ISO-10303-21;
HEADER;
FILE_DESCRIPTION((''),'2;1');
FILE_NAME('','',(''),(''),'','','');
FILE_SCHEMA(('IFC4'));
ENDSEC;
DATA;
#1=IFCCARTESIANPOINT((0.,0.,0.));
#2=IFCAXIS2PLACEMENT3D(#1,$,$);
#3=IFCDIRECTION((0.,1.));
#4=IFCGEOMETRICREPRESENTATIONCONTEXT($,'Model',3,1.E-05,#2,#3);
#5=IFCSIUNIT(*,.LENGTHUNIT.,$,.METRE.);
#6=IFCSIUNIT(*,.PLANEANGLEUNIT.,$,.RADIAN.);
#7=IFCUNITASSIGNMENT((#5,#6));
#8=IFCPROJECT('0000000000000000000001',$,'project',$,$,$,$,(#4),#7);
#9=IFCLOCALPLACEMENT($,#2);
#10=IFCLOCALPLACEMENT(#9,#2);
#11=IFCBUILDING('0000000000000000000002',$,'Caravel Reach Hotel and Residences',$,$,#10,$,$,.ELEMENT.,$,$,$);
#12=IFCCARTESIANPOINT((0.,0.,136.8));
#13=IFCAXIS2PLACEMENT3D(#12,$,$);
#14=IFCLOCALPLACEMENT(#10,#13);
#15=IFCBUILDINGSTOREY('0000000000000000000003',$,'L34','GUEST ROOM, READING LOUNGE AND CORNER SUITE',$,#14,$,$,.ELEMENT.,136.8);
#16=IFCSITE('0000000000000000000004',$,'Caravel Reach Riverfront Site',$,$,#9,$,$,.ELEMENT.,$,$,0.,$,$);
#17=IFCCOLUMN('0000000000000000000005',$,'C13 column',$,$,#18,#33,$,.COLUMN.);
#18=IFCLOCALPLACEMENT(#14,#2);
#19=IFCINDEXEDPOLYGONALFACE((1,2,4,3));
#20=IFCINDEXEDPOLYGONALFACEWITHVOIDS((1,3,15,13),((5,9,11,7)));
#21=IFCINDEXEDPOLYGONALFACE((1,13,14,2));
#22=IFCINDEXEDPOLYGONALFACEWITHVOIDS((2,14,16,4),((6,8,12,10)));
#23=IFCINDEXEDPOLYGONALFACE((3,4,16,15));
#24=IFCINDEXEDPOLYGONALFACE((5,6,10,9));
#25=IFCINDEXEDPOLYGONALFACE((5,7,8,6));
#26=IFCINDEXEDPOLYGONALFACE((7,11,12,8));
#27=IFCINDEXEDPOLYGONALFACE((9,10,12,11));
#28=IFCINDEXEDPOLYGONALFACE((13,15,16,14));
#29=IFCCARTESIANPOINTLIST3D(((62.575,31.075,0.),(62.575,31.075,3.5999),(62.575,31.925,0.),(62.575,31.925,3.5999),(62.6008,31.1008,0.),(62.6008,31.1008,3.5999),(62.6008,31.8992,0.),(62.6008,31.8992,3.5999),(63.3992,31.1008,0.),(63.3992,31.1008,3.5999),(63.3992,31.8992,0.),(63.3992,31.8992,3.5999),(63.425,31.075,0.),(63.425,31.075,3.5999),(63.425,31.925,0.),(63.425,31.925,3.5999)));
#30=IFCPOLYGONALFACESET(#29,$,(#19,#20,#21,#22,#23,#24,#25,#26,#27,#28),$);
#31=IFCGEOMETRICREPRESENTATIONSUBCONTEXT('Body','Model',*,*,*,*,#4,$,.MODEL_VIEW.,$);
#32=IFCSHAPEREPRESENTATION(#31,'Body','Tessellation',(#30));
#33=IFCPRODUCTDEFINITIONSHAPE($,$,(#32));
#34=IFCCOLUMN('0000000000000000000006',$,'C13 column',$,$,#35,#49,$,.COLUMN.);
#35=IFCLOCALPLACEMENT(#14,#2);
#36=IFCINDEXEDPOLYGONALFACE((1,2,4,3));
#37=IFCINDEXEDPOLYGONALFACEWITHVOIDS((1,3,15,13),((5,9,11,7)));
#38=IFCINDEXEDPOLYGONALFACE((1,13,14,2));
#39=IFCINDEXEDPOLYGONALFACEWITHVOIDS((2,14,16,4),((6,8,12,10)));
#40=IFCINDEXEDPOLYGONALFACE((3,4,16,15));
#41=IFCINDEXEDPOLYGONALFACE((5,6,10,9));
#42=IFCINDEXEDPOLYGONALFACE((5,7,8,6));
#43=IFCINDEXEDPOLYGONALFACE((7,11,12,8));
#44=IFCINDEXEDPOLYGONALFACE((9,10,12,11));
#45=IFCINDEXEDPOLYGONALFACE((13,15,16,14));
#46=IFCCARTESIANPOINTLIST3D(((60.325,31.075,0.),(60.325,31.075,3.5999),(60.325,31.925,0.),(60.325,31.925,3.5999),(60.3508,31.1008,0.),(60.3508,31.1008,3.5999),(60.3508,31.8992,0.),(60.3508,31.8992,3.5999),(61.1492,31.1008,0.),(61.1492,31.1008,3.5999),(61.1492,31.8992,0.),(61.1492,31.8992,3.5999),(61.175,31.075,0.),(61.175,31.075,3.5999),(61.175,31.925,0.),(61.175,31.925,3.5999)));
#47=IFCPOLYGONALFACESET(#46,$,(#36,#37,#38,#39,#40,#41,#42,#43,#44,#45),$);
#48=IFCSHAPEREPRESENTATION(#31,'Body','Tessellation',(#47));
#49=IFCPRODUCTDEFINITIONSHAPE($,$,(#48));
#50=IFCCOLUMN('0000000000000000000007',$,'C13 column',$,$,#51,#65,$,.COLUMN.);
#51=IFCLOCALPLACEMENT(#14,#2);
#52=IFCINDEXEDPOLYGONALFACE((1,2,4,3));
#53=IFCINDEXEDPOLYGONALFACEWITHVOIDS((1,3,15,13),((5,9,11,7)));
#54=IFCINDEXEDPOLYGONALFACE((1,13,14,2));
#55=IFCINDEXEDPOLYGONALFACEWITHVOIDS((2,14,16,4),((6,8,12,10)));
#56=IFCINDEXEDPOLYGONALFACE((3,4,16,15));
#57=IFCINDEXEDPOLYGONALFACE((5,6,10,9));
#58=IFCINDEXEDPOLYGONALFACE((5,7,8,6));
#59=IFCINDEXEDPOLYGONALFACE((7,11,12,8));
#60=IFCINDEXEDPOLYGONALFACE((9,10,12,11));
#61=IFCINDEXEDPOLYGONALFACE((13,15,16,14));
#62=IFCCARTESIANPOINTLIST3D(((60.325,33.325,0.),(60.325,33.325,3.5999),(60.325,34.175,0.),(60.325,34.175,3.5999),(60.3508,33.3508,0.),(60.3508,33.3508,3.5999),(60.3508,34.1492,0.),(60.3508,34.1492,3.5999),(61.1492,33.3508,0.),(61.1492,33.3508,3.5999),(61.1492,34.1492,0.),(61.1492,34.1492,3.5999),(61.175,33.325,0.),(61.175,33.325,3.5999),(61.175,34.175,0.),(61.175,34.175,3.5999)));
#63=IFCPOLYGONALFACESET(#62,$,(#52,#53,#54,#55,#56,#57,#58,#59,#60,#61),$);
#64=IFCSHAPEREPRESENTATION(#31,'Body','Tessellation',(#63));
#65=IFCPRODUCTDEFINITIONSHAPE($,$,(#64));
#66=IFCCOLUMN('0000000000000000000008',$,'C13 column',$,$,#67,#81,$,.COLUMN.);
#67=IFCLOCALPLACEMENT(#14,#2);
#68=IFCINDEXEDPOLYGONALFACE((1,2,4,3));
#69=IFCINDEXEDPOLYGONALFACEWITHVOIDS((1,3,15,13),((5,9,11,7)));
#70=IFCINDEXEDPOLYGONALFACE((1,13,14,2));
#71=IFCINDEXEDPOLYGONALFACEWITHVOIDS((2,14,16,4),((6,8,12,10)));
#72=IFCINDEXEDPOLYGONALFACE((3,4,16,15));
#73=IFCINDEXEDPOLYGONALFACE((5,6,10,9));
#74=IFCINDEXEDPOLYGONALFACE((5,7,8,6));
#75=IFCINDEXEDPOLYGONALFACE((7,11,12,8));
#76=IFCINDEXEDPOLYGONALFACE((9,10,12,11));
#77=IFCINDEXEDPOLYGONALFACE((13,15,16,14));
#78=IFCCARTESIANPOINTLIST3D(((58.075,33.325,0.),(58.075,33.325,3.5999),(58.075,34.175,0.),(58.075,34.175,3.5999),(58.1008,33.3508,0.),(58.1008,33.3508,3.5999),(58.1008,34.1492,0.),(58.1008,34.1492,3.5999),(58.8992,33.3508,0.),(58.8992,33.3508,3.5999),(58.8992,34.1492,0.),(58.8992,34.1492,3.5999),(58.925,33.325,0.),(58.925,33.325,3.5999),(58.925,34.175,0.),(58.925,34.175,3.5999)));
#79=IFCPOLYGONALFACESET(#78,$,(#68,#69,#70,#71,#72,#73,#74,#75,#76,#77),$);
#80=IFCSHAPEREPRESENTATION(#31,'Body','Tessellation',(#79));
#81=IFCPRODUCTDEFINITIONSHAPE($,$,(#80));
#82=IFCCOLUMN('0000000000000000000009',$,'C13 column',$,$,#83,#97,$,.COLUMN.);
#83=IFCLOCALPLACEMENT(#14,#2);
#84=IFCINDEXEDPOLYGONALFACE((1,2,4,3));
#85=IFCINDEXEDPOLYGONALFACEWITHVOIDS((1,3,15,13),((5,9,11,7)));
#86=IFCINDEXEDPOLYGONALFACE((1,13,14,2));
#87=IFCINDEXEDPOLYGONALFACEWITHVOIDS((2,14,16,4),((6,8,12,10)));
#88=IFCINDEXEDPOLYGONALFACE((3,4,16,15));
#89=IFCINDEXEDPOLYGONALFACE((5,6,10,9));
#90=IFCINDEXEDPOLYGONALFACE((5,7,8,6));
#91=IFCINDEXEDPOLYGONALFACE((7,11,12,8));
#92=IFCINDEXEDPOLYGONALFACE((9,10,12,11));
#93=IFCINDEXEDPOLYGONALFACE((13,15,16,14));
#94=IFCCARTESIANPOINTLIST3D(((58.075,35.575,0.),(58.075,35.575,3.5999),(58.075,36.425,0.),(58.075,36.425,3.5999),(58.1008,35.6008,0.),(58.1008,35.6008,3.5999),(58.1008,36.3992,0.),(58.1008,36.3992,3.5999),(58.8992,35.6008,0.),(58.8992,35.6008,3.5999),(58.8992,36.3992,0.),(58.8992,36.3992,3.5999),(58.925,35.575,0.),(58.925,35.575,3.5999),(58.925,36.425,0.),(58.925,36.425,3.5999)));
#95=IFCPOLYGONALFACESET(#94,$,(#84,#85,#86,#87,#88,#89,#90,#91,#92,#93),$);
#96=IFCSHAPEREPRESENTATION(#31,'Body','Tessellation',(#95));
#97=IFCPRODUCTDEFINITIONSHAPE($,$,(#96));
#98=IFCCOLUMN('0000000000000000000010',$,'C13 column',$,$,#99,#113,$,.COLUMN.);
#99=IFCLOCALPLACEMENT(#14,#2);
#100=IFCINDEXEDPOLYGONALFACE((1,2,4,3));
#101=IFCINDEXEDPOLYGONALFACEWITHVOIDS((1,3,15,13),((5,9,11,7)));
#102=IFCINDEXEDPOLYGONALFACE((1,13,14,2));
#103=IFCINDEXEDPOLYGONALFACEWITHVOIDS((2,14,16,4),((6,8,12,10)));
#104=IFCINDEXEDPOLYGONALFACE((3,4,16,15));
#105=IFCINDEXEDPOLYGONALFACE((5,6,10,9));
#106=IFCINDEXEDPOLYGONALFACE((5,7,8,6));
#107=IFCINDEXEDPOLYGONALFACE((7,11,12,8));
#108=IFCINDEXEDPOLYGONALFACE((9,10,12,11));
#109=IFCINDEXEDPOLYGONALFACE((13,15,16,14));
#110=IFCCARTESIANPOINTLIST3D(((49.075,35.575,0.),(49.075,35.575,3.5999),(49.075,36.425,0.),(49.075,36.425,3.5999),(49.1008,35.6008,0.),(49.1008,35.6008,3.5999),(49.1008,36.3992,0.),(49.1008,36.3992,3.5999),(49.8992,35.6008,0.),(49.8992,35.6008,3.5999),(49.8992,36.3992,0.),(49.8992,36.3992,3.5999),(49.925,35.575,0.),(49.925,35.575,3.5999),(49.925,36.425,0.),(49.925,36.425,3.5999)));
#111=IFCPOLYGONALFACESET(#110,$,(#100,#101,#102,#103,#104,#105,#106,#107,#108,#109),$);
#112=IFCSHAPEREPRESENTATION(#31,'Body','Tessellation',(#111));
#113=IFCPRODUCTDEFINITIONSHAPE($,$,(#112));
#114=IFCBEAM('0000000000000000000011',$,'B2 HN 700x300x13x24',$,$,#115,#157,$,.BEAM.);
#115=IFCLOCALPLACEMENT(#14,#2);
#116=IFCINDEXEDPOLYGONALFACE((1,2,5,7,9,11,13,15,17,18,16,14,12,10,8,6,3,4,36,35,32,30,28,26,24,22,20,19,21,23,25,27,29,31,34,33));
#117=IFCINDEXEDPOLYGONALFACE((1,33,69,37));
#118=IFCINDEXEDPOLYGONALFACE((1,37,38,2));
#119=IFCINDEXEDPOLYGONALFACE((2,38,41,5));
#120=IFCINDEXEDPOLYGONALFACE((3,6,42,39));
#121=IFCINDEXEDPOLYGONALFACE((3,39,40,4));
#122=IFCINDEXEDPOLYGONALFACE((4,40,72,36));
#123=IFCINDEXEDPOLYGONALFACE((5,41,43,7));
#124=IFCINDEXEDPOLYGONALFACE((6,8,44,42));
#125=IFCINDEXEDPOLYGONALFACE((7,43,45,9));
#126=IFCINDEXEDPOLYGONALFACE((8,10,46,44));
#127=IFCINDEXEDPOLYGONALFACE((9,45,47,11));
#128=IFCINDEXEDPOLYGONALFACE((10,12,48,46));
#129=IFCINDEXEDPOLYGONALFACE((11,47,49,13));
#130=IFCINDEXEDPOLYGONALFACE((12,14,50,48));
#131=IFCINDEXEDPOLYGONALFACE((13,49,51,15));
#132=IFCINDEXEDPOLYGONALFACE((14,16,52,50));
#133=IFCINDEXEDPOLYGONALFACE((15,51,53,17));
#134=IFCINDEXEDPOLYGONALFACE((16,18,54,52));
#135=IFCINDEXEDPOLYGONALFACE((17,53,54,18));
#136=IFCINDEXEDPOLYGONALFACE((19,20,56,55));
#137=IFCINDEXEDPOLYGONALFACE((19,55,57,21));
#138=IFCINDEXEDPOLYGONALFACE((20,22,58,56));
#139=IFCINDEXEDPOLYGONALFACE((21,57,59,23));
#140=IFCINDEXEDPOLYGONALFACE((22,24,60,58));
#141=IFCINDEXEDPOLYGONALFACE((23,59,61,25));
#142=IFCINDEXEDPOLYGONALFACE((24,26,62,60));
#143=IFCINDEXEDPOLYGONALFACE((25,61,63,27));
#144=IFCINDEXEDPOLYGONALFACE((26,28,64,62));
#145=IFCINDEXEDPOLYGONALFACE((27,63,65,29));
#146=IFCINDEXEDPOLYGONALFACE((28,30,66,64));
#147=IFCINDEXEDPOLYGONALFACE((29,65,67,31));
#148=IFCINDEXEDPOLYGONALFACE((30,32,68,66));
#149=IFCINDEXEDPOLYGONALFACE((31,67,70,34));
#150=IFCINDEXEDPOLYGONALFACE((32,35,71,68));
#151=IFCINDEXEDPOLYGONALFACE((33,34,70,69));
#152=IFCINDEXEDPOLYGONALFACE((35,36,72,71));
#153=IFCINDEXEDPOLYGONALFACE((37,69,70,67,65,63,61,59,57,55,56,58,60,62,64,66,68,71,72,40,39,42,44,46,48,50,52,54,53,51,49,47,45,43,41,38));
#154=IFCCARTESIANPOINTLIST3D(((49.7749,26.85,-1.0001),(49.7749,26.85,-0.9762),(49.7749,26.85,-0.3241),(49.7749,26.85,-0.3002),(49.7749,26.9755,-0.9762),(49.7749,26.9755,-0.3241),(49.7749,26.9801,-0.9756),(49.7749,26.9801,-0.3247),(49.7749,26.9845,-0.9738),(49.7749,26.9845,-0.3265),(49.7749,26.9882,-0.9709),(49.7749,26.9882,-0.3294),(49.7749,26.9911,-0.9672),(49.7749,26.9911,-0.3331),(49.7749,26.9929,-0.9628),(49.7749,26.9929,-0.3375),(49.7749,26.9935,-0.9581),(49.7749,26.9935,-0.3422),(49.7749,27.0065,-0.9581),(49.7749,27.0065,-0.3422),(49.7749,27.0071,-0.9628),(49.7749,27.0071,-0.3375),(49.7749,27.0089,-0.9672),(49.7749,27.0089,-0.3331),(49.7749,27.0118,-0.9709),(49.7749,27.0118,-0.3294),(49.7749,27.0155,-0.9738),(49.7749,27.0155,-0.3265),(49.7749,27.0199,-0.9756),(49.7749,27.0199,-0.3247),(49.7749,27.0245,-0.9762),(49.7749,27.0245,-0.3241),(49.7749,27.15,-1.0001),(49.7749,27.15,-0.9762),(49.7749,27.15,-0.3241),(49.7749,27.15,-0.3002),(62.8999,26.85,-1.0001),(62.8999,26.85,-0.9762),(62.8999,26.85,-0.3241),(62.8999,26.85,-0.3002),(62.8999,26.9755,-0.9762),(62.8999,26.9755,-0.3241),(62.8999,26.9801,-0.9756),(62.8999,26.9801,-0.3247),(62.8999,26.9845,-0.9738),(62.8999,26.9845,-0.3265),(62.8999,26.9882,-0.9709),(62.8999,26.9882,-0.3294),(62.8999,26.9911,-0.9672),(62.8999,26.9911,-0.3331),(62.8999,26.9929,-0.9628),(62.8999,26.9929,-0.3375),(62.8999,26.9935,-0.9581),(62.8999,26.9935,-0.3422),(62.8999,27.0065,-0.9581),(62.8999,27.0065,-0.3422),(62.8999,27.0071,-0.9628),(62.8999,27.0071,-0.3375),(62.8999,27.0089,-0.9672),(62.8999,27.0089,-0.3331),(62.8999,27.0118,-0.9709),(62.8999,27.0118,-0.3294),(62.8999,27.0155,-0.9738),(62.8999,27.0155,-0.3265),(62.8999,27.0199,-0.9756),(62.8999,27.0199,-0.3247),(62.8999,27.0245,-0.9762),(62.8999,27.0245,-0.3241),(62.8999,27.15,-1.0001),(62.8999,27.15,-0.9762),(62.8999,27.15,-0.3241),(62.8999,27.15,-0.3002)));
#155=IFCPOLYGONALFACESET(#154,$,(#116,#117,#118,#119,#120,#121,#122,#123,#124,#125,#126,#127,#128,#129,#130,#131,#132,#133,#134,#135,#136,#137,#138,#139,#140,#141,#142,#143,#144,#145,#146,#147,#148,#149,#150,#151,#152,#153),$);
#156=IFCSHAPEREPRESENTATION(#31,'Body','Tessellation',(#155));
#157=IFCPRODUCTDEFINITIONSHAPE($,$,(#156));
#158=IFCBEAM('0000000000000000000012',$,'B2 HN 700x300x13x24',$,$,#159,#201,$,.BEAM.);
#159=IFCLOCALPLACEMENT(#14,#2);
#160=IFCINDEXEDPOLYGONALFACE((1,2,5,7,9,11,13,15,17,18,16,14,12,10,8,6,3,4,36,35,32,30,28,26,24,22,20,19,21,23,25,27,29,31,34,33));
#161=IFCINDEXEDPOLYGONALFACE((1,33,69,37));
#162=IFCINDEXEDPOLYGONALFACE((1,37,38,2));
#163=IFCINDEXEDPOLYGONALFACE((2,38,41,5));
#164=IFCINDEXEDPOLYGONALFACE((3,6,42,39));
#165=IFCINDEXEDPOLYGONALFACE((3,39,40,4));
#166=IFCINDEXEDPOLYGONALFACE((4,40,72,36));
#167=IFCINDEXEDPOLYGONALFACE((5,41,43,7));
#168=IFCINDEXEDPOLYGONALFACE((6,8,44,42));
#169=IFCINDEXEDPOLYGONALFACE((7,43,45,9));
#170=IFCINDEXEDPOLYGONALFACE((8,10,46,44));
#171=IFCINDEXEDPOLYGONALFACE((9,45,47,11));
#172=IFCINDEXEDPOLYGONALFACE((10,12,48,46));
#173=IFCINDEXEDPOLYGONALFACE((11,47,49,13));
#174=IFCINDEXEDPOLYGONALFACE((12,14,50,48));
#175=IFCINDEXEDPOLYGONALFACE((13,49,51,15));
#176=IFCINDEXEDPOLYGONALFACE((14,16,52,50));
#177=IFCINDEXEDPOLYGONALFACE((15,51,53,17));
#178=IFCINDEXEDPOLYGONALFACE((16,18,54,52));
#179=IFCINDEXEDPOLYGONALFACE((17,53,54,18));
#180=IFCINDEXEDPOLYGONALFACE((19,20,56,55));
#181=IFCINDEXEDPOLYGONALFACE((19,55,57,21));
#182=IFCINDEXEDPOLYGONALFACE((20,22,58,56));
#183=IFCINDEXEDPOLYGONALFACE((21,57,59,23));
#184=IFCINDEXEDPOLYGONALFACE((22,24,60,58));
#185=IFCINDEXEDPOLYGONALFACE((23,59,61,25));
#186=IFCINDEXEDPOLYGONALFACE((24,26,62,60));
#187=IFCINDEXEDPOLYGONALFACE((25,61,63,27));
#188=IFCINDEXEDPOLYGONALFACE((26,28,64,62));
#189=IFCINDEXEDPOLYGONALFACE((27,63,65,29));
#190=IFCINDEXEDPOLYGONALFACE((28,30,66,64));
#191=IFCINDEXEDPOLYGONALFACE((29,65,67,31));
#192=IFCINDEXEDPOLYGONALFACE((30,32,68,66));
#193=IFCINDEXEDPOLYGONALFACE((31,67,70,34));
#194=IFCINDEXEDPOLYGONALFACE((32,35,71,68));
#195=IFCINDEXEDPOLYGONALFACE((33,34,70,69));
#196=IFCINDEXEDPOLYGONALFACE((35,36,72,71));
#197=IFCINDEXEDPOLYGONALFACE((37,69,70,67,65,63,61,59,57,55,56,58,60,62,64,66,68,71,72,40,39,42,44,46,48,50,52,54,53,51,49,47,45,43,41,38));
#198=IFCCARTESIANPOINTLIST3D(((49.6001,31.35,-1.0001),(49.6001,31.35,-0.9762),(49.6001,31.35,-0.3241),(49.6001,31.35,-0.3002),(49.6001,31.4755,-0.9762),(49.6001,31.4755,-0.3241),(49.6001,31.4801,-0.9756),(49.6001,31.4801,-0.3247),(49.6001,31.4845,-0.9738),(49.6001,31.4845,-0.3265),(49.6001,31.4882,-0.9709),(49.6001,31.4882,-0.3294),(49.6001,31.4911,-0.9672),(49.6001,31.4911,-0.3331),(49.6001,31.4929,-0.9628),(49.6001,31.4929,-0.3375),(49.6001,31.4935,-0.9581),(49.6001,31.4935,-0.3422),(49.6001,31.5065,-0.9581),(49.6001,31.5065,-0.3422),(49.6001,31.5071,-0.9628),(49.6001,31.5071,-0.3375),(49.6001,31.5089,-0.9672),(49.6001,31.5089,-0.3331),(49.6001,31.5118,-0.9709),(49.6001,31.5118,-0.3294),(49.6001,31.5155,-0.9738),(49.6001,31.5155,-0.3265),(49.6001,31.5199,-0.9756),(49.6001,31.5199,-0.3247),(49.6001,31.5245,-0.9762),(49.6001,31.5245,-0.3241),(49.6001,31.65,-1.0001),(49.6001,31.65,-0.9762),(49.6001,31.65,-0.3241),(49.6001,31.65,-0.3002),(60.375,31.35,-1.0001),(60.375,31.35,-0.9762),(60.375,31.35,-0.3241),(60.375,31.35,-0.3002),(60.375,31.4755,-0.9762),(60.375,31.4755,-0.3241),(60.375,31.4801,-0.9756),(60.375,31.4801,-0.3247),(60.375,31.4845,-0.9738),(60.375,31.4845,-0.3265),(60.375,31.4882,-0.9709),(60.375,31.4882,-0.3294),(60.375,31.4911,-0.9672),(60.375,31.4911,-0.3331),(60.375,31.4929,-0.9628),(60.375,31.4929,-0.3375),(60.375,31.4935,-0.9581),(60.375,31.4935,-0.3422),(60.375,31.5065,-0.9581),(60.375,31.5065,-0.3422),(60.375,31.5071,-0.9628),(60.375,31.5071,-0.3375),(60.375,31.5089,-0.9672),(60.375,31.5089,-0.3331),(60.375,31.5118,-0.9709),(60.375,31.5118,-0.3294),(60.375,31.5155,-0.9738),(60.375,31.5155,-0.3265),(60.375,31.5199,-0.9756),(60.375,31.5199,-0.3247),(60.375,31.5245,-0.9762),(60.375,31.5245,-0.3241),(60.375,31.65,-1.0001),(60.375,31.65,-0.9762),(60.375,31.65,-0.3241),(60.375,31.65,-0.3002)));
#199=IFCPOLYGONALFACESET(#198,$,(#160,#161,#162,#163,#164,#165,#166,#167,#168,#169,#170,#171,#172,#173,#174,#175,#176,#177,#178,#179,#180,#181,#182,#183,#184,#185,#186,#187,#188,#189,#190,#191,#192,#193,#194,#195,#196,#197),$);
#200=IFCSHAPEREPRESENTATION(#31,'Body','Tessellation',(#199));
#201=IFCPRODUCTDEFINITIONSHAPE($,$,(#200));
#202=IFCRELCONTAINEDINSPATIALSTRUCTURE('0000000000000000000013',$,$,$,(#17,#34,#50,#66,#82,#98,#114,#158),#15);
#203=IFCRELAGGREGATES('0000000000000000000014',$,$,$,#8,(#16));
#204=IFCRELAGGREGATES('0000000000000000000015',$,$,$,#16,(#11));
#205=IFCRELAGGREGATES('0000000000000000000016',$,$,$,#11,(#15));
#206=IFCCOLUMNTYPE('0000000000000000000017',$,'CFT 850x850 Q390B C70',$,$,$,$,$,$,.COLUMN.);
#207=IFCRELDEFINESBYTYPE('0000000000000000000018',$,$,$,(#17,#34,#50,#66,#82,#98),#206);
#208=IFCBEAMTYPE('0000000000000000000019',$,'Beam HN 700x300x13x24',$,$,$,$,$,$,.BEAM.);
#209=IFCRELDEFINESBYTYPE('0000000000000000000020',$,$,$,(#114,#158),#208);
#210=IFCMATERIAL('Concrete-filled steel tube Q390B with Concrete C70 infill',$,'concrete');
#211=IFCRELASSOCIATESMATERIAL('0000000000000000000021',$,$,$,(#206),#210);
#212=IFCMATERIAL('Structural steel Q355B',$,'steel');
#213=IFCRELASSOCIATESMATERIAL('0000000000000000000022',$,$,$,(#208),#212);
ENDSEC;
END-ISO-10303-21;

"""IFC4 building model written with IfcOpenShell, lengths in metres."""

from ifc_helpers import new_model, si_unit, direction, frame, origin, origin_2d, place, context, subcontext, project, spatial, hollow_rectangle, i_section, extrude, material, material_profile, profile_set, type_object, element, save


model = new_model("IFC4")

# Units and contexts
model_context = context("Model", 3, precision=1e-05, world=origin(), true_north=direction((0.0, 1.0)))
body_context = subcontext(model_context, "Body", "Model", "MODEL_VIEW")
ifc_project = project(units=[si_unit("LENGTHUNIT", "METRE"), si_unit("PLANEANGLEUNIT", "RADIAN")], contexts=[model_context])

# Site, building, storey
site_placement = place(None, origin())
site = spatial("IfcSite", under=ifc_project, at=site_placement, Name="Caravel Reach Riverfront Site", CompositionType="ELEMENT", RefElevation=0.0)
building_placement = place(site_placement, origin())
building = spatial("IfcBuilding", under=site, at=building_placement, Name="Caravel Reach Hotel and Residences", CompositionType="ELEMENT")
storey_placement = place(building_placement, frame((0.0, 0.0, 136.8)))
storey = spatial("IfcBuildingStorey", under=building, at=storey_placement, Name="L34", Description="GUEST ROOM, READING LOUNGE AND CORNER SUITE", CompositionType="ELEMENT", Elevation=136.8)

# Columns
ifc_material_1 = material(Name="Concrete-filled steel tube Q390B with Concrete C70 infill", Category="concrete")
ifc_material_profile_1 = material_profile(ifc_material_1, hollow_rectangle(XDim=0.8501, YDim=0.8501, WallThickness=0.0259, at=origin_2d()), Name="RHS 850x850x26")
ifc_profile_set_1 = profile_set([ifc_material_profile_1], Name="Concrete-filled steel tube Q390B with Concrete C70 infill")
column_type = type_object("IfcColumnType", Name="CFT 850x850 Q390B C70", PredefinedType="COLUMN", material=ifc_profile_set_1)
for number, where, z_axis, x_axis, name in (
    (1, (63.0, 31.5, 0.0), (0.0, 0.0, 1.0), (1.0, 0.0, 0.0), "C13 column"),
    (2, (60.75, 31.5, 0.0), (0.0, 0.0, 1.0), (1.0, 0.0, 0.0), "C13 column"),
    (3, (60.75, 33.75, 0.0), (0.0, 0.0, 1.0), (1.0, 0.0, 0.0), "C13 column"),
    (4, (58.5, 33.75, 0.0), (0.0, 0.0, 1.0), (1.0, 0.0, 0.0), "C13 column"),
    (5, (58.5, 36.0, 0.0), (0.0, 0.0, 1.0), (1.0, 0.0, 0.0), "C13 column"),
    (6, (49.5, 36.0, 0.0), (0.0, 0.0, 1.0), (1.0, 0.0, 0.0), "C13 column"),
):
    element("IfcColumn", number, at=place(storey_placement, frame(where, z_axis=z_axis, x_axis=x_axis)), inside=storey, type_object=column_type, Name=name, PredefinedType="COLUMN", context=body_context, shape_type="SweptSolid", body=[
        extrude(hollow_rectangle(XDim=0.8501, YDim=0.8501, WallThickness=0.0259, at=origin_2d()), origin(), (0.0, 0.0, 1.0), 3.5999),
    ])

# Beams
ifc_material_2 = material(Name="Structural steel Q355B", Category="steel")
ifc_material_profile_2 = material_profile(ifc_material_2, i_section(OverallWidth=0.3, OverallDepth=0.7, WebThickness=0.0129, FlangeThickness=0.0239, FilletRadius=0.0181, at=origin_2d()), Name="HN 700x300x13x24")
ifc_profile_set_2 = profile_set([ifc_material_profile_2], Name="Structural steel Q355B")
beam_type_1 = type_object("IfcBeamType", Name="Beam HN 700x300x13x24", PredefinedType="BEAM", material=ifc_profile_set_2)
beam_1_placement = place(storey_placement, frame((49.7749, 27.0, -0.6501), z_axis=(1.0, 0.0, 0.0), x_axis=(0.0, 1.0, 0.0)))
element("IfcBeam", 7, at=beam_1_placement, inside=storey, type_object=beam_type_1, Name="B2 HN 700x300x13x24", PredefinedType="BEAM", context=body_context, shape_type="SweptSolid", body=[
    extrude(i_section(OverallWidth=0.3, OverallDepth=0.7, WebThickness=0.0129, FlangeThickness=0.0239, FilletRadius=0.0181, at=origin_2d()), origin(), (0.0, 0.0, 1.0), 13.125),
])
beam_2_placement = place(storey_placement, frame((49.6001, 31.5, -0.6501), z_axis=(1.0, 0.0, 0.0), x_axis=(0.0, 1.0, 0.0)))
element("IfcBeam", 8, at=beam_2_placement, inside=storey, type_object=beam_type_1, Name="B2 HN 700x300x13x24", PredefinedType="BEAM", context=body_context, shape_type="SweptSolid", body=[
    extrude(i_section(OverallWidth=0.3, OverallDepth=0.7, WebThickness=0.0129, FlangeThickness=0.0239, FilletRadius=0.0181, at=origin_2d()), origin(), (0.0, 0.0, 1.0), 10.7749),
])

save(model, "model.ifc")
